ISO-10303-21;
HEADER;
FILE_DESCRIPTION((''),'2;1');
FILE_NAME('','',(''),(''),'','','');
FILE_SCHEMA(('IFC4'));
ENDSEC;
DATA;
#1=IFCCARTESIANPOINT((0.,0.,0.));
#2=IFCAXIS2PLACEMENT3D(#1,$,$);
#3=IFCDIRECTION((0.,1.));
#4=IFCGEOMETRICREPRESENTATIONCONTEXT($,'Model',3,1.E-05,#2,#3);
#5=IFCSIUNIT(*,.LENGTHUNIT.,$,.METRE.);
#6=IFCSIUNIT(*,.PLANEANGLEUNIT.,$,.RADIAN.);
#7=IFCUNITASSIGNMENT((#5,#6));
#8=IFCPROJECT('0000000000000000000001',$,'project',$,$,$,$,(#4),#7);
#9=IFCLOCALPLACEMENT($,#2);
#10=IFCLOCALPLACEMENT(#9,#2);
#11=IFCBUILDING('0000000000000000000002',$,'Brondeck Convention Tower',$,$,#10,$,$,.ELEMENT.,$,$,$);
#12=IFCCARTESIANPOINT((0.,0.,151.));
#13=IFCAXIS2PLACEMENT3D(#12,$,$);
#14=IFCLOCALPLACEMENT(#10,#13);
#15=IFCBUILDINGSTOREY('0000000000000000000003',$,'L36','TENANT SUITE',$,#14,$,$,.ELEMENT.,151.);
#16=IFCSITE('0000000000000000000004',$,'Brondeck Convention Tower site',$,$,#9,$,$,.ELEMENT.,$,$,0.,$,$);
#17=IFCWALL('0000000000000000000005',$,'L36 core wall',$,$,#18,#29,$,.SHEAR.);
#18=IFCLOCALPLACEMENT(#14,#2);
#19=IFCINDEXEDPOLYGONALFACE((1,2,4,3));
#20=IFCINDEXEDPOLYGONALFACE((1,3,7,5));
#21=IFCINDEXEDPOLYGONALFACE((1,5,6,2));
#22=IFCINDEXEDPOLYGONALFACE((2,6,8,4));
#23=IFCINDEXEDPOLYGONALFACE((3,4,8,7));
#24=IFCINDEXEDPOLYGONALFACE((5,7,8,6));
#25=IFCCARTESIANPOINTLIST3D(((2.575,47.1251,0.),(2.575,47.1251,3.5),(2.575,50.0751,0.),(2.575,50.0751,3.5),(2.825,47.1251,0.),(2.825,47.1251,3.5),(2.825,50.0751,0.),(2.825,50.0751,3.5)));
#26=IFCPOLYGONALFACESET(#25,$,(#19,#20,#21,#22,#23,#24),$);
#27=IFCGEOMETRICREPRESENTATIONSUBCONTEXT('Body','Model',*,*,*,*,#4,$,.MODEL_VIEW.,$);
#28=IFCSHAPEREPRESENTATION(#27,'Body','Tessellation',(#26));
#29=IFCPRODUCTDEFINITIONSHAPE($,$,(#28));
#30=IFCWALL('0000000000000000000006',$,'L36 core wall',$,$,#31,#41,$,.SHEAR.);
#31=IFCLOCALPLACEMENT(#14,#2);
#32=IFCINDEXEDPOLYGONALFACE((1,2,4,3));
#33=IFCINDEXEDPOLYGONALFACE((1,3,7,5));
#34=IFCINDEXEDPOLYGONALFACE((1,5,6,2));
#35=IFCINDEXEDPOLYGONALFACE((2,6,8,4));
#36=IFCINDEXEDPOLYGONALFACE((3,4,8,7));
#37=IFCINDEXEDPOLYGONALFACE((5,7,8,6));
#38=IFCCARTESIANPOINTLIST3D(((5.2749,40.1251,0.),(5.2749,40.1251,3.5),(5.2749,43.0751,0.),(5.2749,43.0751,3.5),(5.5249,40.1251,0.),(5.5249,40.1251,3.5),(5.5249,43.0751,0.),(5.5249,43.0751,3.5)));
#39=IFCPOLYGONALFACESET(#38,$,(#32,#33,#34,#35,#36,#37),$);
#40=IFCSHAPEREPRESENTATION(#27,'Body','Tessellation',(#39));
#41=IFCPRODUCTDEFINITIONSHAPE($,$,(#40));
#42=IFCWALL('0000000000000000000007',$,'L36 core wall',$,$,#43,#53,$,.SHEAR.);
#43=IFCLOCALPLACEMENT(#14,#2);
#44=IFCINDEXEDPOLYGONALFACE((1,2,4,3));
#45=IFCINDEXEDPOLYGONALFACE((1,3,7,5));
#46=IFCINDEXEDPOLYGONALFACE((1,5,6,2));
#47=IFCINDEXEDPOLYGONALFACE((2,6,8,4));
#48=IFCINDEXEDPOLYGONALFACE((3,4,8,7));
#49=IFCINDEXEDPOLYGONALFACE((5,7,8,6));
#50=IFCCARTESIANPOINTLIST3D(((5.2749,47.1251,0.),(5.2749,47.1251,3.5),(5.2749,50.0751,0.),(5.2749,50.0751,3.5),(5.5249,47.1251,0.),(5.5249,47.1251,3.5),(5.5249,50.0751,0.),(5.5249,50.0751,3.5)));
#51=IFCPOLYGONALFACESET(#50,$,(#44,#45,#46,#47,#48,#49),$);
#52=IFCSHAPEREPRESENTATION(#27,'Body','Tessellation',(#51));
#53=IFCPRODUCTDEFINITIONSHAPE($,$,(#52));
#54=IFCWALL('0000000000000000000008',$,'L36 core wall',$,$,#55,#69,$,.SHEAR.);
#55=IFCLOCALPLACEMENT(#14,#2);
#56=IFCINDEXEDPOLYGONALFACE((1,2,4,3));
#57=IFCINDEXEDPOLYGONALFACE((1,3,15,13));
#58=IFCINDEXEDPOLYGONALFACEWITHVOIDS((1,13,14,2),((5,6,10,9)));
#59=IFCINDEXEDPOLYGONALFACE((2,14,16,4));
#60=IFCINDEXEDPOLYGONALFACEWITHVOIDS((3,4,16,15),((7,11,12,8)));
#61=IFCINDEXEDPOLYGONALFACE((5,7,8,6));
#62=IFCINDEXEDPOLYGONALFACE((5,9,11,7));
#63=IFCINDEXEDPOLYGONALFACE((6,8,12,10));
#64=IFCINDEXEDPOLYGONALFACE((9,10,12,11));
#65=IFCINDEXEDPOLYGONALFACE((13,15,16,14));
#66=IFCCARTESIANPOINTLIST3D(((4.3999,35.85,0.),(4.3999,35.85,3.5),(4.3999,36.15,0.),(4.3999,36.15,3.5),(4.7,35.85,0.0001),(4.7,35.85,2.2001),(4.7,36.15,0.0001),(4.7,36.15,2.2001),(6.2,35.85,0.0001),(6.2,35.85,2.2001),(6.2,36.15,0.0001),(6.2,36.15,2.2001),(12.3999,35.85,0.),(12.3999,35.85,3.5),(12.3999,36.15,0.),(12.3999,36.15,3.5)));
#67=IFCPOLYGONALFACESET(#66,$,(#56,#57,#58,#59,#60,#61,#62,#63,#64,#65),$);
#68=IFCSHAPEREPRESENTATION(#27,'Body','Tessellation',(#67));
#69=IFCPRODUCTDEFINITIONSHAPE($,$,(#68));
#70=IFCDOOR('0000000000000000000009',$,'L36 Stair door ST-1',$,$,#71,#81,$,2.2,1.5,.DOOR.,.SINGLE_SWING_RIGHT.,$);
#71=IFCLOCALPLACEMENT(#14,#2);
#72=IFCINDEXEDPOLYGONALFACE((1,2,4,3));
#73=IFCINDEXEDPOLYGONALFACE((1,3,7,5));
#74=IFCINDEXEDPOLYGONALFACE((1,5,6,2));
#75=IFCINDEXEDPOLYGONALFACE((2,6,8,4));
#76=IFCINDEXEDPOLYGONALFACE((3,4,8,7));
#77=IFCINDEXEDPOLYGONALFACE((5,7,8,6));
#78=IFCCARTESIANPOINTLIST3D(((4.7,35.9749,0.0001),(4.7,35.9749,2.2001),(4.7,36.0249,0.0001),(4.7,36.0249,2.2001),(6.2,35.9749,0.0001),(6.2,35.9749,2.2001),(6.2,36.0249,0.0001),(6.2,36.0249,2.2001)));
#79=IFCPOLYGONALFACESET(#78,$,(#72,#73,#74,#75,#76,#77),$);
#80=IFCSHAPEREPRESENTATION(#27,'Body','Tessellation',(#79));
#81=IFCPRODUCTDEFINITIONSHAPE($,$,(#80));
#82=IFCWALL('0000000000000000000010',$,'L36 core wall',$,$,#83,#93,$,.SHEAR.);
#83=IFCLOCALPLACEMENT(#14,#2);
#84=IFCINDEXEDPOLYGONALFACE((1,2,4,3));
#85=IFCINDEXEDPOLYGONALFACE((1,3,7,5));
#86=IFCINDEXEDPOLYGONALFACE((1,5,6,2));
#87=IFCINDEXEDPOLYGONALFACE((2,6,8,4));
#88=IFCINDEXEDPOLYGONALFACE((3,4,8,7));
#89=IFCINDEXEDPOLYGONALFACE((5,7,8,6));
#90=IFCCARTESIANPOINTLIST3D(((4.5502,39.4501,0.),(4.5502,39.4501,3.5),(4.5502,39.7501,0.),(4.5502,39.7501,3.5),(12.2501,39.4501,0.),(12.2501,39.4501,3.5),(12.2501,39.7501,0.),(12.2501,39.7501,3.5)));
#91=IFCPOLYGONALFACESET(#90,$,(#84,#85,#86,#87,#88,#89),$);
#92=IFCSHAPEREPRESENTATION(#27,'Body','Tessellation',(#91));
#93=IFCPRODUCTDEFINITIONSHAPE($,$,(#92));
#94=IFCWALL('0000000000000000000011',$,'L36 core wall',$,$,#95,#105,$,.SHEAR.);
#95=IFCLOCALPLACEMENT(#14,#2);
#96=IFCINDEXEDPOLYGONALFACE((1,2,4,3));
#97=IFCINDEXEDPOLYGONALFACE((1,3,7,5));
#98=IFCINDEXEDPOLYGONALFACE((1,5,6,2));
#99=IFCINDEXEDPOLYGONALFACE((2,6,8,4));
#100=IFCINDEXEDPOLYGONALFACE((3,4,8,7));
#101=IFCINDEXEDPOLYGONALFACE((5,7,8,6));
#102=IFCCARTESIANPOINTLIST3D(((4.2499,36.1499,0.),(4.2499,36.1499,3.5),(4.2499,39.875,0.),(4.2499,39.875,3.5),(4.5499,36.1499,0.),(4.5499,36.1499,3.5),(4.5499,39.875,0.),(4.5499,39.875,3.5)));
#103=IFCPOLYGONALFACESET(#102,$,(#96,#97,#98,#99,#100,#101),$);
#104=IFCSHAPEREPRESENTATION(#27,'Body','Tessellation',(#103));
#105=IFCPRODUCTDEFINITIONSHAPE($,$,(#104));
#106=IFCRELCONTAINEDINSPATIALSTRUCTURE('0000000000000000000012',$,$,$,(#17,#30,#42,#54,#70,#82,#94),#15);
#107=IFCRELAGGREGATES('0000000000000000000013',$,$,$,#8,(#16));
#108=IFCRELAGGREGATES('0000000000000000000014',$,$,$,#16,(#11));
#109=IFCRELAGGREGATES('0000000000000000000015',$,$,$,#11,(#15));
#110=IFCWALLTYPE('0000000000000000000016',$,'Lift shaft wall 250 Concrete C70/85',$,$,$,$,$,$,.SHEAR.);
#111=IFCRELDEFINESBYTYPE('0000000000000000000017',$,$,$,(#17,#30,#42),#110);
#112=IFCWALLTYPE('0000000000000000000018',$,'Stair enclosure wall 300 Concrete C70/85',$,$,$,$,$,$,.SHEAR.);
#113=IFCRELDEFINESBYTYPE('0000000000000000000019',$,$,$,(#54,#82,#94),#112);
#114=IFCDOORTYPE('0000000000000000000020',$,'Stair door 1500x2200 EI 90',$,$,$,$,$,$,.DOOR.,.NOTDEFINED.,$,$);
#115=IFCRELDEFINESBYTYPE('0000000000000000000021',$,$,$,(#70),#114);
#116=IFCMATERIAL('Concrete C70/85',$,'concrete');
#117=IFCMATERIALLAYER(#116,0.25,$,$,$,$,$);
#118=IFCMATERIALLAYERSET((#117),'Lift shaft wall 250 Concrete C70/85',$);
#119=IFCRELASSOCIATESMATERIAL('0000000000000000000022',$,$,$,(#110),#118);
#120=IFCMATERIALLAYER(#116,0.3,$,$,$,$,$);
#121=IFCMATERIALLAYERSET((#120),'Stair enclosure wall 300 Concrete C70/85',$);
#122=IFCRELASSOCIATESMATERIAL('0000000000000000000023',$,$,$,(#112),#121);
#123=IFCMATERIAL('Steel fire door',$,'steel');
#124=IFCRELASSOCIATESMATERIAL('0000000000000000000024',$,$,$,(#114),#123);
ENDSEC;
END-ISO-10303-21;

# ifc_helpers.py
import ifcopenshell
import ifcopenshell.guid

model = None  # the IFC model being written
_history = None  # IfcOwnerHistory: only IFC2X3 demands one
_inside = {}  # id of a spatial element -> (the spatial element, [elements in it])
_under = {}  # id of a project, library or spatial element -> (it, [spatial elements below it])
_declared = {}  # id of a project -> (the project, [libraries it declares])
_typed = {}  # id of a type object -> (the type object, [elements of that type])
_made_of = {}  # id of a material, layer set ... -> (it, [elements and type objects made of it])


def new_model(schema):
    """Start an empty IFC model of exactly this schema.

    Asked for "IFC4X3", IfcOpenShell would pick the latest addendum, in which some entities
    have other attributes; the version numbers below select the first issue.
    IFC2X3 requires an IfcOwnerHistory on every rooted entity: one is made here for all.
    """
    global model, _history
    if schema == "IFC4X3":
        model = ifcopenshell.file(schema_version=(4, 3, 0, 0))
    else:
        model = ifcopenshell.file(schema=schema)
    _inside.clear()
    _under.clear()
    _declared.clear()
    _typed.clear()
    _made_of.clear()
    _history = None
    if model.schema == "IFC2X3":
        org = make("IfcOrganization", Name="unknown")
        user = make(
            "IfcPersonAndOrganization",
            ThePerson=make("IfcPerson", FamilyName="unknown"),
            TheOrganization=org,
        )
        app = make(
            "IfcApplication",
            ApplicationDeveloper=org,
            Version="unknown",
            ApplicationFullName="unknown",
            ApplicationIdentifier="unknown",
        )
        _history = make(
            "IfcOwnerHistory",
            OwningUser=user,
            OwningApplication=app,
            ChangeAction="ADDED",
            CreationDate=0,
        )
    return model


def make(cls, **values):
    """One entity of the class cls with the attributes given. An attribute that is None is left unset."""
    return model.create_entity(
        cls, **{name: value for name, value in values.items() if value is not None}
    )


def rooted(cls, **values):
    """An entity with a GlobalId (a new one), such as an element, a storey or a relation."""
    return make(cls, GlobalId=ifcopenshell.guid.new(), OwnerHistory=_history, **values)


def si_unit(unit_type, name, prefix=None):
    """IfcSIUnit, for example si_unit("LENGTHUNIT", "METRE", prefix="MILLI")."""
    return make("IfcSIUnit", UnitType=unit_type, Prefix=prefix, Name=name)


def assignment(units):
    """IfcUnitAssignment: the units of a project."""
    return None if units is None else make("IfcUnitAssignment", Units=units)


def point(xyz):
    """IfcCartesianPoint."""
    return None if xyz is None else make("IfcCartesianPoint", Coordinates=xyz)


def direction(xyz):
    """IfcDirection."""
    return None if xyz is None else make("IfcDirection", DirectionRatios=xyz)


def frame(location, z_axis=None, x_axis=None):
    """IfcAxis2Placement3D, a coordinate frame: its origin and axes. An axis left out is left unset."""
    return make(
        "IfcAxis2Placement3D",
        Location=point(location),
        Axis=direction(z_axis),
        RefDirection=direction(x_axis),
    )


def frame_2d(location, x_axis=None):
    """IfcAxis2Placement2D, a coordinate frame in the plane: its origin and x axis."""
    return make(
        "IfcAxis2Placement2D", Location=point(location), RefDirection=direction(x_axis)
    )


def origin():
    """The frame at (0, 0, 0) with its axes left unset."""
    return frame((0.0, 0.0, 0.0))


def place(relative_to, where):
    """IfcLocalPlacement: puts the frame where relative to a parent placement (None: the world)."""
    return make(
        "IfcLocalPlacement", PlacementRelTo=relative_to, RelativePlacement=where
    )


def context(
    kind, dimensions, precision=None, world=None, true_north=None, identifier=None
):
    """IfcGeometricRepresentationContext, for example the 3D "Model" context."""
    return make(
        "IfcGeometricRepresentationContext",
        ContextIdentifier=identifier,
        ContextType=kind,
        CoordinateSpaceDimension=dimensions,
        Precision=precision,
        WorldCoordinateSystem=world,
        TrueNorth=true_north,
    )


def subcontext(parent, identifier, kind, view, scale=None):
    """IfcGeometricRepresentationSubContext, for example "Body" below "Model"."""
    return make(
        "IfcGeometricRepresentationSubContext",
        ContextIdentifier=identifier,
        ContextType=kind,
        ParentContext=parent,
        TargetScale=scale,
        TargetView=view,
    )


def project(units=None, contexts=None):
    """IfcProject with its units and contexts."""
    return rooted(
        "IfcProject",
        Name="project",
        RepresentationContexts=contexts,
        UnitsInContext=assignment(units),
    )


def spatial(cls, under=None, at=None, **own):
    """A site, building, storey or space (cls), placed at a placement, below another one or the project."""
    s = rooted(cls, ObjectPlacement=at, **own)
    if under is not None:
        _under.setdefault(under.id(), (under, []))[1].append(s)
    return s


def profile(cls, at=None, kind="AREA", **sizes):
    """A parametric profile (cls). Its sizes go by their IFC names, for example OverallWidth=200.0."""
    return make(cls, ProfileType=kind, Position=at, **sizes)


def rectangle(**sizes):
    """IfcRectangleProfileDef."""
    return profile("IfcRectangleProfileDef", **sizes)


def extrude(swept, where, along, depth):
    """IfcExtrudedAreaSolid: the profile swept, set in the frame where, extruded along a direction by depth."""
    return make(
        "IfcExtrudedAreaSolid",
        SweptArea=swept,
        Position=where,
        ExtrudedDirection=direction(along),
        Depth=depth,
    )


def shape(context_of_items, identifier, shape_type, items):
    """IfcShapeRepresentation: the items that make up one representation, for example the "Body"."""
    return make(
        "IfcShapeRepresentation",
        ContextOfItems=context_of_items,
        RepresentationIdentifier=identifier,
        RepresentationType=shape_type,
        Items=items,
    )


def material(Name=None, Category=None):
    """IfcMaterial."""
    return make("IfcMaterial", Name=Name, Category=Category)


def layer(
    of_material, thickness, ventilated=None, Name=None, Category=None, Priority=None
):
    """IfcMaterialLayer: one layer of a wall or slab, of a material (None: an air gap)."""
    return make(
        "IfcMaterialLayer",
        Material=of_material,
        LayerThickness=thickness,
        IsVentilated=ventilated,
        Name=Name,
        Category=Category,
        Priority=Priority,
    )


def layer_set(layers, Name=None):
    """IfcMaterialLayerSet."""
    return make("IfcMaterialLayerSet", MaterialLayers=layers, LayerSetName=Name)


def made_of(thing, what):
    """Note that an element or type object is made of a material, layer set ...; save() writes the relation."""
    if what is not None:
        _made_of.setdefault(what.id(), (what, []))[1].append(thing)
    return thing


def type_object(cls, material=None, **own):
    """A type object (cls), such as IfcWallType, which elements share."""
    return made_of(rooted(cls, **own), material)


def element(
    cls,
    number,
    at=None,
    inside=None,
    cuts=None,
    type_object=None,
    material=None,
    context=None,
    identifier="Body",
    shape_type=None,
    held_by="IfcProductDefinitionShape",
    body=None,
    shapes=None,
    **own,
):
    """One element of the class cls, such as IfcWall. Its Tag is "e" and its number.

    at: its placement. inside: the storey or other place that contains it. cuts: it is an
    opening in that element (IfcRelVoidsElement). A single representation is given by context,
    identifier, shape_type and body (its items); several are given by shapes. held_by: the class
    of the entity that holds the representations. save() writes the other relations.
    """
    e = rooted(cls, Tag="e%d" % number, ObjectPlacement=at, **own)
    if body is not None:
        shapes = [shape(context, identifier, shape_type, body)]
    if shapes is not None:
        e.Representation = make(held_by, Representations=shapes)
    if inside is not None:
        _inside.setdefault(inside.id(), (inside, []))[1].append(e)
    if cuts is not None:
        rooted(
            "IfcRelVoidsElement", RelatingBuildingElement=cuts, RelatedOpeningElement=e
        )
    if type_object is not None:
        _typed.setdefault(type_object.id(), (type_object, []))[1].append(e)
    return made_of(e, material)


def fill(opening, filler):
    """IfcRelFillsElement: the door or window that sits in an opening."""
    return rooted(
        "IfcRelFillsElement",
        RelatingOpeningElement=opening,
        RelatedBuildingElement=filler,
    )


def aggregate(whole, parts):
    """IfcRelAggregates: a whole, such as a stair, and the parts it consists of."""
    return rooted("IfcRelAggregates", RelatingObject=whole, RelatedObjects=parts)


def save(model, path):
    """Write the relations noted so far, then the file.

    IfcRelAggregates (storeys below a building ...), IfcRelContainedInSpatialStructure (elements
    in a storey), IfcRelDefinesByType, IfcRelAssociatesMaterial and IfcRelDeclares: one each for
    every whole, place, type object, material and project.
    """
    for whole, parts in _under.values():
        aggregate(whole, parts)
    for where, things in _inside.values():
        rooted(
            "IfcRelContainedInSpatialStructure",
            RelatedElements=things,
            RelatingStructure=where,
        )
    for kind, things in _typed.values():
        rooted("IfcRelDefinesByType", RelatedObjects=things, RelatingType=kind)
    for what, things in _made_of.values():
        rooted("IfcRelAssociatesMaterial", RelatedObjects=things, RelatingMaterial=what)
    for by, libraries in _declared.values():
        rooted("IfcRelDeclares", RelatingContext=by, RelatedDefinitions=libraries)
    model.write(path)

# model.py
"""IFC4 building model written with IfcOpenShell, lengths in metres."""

from ifc_helpers import new_model, si_unit, direction, frame, frame_2d, origin, place, context, subcontext, project, spatial, rectangle, extrude, material, layer, layer_set, type_object, element, fill, save


model = new_model("IFC4")

# Units and contexts
model_context = context("Model", 3, precision=1e-05, world=origin(), true_north=direction((0.0, 1.0)))
body_context = subcontext(model_context, "Body", "Model", "MODEL_VIEW")
ifc_project = project(units=[si_unit("LENGTHUNIT", "METRE"), si_unit("PLANEANGLEUNIT", "RADIAN")], contexts=[model_context])

# Site, building, storey
site_placement = place(None, origin())
site = spatial("IfcSite", under=ifc_project, at=site_placement, Name="Brondeck Convention Tower site", CompositionType="ELEMENT", RefElevation=0.0)
building_placement = place(site_placement, origin())
building = spatial("IfcBuilding", under=site, at=building_placement, Name="Brondeck Convention Tower", CompositionType="ELEMENT")
storey_placement = place(building_placement, frame((0.0, 0.0, 151.0)))
storey = spatial("IfcBuildingStorey", under=building, at=storey_placement, Name="L36", Description="TENANT SUITE", CompositionType="ELEMENT", Elevation=151.0)

# Shared definitions
ifc_material_1 = material(Name="Concrete C70/85", Category="concrete")

# Shared definitions
ifc_material_2 = material(Name="Steel fire door", Category="steel")

# Shared definitions
ifc_layer_1 = layer(ifc_material_1, 0.25)
ifc_layer_set_1 = layer_set([ifc_layer_1], Name="Lift shaft wall 250 Concrete C70/85")
wall_type_1 = type_object("IfcWallType", Name="Lift shaft wall 250 Concrete C70/85", PredefinedType="SHEAR", material=ifc_layer_set_1)

# Walls
for number, where, z_axis, x_axis, name in (
    (1, (2.7, 47.125, 0.0), (0.0, 0.0, 1.0), (0.0, 1.0, 0.0), "L36 core wall"),
    (2, (5.3999, 40.125, 0.0), (0.0, 0.0, 1.0), (0.0, 1.0, 0.0), "L36 core wall"),
    (3, (5.3999, 47.125, 0.0), (0.0, 0.0, 1.0), (0.0, 1.0, 0.0), "L36 core wall"),
):
    element("IfcWall", number, at=place(storey_placement, frame(where, z_axis=z_axis, x_axis=x_axis)), inside=storey, type_object=wall_type_1, Name=name, PredefinedType="SHEAR", context=body_context, shape_type="SweptSolid", body=[
        extrude(rectangle(XDim=2.95, YDim=0.25, at=frame_2d((1.4751, 0.0))), origin(), (0.0, 0.0, 1.0), 3.5),
    ])

# Wall, opening, door
ifc_layer_2 = layer(ifc_material_1, 0.3)
ifc_layer_set_2 = layer_set([ifc_layer_2], Name="Stair enclosure wall 300 Concrete C70/85")
wall_type_2 = type_object("IfcWallType", Name="Stair enclosure wall 300 Concrete C70/85", PredefinedType="SHEAR", material=ifc_layer_set_2)
wall_1_placement = place(storey_placement, frame((4.3999, 36.0, 0.0), z_axis=(0.0, 0.0, 1.0), x_axis=(1.0, 0.0, 0.0)))
wall_1 = element("IfcWall", 4, at=wall_1_placement, inside=storey, type_object=wall_type_2, Name="L36 core wall", PredefinedType="SHEAR", context=body_context, shape_type="SweptSolid", body=[
    extrude(rectangle(XDim=8.0, YDim=0.3, at=frame_2d((4.0, 0.0))), origin(), (0.0, 0.0, 1.0), 3.5),
])
opening_1_placement = place(wall_1_placement, frame((0.3, 0.0, 0.0)))
opening_1 = element("IfcOpeningElement", 5, at=opening_1_placement, cuts=wall_1, PredefinedType="OPENING", context=body_context, shape_type="SweptSolid", body=[
    extrude(rectangle(XDim=1.5, YDim=2.2, at=frame_2d((0.75, 1.1001))), frame((0.0, 0.1599, 0.0), z_axis=(0.0, -1.0, 0.0), x_axis=(1.0, 0.0, 0.0)), (0.0, 0.0, 1.0), 0.3201),
])
door_type_1 = type_object("IfcDoorType", Name="Stair door 1500x2200 EI 90", OperationType="NOTDEFINED", PredefinedType="DOOR", material=ifc_material_2)
door_1_placement = place(opening_1_placement, origin())
door_1 = element("IfcDoor", 6, at=door_1_placement, inside=storey, type_object=door_type_1, Name="L36 Stair door ST-1", OperationType="SINGLE_SWING_RIGHT", OverallHeight=2.2, OverallWidth=1.5, PredefinedType="DOOR", context=body_context, shape_type="SweptSolid", body=[
    extrude(rectangle(XDim=1.5, YDim=2.2, at=frame_2d((0.75, 1.1001))), frame((0.0, 0.0249, 0.0), z_axis=(0.0, -1.0, 0.0), x_axis=(1.0, 0.0, 0.0)), (0.0, 0.0, 1.0), 0.05),
])
fill(opening_1, door_1)

# Walls
wall_2_placement = place(storey_placement, frame((4.55, 39.6001, 0.0), z_axis=(0.0, 0.0, 1.0), x_axis=(1.0, 0.0, 0.0)))
element("IfcWall", 7, at=wall_2_placement, inside=storey, type_object=wall_type_2, Name="L36 core wall", PredefinedType="SHEAR", context=body_context, shape_type="SweptSolid", body=[
    extrude(rectangle(XDim=7.7, YDim=0.3, at=frame_2d((3.8501, 0.0))), origin(), (0.0, 0.0, 1.0), 3.5),
])
wall_3_placement = place(storey_placement, frame((4.3999, 36.1499, 0.0), z_axis=(0.0, 0.0, 1.0), x_axis=(0.0, 1.0, 0.0)))
element("IfcWall", 8, at=wall_3_placement, inside=storey, type_object=wall_type_2, Name="L36 core wall", PredefinedType="SHEAR", context=body_context, shape_type="SweptSolid", body=[
    extrude(rectangle(XDim=3.7251, YDim=0.3, at=frame_2d((1.8625, 0.0))), origin(), (0.0, 0.0, 1.0), 3.5),
])

save(model, "model.ifc")
